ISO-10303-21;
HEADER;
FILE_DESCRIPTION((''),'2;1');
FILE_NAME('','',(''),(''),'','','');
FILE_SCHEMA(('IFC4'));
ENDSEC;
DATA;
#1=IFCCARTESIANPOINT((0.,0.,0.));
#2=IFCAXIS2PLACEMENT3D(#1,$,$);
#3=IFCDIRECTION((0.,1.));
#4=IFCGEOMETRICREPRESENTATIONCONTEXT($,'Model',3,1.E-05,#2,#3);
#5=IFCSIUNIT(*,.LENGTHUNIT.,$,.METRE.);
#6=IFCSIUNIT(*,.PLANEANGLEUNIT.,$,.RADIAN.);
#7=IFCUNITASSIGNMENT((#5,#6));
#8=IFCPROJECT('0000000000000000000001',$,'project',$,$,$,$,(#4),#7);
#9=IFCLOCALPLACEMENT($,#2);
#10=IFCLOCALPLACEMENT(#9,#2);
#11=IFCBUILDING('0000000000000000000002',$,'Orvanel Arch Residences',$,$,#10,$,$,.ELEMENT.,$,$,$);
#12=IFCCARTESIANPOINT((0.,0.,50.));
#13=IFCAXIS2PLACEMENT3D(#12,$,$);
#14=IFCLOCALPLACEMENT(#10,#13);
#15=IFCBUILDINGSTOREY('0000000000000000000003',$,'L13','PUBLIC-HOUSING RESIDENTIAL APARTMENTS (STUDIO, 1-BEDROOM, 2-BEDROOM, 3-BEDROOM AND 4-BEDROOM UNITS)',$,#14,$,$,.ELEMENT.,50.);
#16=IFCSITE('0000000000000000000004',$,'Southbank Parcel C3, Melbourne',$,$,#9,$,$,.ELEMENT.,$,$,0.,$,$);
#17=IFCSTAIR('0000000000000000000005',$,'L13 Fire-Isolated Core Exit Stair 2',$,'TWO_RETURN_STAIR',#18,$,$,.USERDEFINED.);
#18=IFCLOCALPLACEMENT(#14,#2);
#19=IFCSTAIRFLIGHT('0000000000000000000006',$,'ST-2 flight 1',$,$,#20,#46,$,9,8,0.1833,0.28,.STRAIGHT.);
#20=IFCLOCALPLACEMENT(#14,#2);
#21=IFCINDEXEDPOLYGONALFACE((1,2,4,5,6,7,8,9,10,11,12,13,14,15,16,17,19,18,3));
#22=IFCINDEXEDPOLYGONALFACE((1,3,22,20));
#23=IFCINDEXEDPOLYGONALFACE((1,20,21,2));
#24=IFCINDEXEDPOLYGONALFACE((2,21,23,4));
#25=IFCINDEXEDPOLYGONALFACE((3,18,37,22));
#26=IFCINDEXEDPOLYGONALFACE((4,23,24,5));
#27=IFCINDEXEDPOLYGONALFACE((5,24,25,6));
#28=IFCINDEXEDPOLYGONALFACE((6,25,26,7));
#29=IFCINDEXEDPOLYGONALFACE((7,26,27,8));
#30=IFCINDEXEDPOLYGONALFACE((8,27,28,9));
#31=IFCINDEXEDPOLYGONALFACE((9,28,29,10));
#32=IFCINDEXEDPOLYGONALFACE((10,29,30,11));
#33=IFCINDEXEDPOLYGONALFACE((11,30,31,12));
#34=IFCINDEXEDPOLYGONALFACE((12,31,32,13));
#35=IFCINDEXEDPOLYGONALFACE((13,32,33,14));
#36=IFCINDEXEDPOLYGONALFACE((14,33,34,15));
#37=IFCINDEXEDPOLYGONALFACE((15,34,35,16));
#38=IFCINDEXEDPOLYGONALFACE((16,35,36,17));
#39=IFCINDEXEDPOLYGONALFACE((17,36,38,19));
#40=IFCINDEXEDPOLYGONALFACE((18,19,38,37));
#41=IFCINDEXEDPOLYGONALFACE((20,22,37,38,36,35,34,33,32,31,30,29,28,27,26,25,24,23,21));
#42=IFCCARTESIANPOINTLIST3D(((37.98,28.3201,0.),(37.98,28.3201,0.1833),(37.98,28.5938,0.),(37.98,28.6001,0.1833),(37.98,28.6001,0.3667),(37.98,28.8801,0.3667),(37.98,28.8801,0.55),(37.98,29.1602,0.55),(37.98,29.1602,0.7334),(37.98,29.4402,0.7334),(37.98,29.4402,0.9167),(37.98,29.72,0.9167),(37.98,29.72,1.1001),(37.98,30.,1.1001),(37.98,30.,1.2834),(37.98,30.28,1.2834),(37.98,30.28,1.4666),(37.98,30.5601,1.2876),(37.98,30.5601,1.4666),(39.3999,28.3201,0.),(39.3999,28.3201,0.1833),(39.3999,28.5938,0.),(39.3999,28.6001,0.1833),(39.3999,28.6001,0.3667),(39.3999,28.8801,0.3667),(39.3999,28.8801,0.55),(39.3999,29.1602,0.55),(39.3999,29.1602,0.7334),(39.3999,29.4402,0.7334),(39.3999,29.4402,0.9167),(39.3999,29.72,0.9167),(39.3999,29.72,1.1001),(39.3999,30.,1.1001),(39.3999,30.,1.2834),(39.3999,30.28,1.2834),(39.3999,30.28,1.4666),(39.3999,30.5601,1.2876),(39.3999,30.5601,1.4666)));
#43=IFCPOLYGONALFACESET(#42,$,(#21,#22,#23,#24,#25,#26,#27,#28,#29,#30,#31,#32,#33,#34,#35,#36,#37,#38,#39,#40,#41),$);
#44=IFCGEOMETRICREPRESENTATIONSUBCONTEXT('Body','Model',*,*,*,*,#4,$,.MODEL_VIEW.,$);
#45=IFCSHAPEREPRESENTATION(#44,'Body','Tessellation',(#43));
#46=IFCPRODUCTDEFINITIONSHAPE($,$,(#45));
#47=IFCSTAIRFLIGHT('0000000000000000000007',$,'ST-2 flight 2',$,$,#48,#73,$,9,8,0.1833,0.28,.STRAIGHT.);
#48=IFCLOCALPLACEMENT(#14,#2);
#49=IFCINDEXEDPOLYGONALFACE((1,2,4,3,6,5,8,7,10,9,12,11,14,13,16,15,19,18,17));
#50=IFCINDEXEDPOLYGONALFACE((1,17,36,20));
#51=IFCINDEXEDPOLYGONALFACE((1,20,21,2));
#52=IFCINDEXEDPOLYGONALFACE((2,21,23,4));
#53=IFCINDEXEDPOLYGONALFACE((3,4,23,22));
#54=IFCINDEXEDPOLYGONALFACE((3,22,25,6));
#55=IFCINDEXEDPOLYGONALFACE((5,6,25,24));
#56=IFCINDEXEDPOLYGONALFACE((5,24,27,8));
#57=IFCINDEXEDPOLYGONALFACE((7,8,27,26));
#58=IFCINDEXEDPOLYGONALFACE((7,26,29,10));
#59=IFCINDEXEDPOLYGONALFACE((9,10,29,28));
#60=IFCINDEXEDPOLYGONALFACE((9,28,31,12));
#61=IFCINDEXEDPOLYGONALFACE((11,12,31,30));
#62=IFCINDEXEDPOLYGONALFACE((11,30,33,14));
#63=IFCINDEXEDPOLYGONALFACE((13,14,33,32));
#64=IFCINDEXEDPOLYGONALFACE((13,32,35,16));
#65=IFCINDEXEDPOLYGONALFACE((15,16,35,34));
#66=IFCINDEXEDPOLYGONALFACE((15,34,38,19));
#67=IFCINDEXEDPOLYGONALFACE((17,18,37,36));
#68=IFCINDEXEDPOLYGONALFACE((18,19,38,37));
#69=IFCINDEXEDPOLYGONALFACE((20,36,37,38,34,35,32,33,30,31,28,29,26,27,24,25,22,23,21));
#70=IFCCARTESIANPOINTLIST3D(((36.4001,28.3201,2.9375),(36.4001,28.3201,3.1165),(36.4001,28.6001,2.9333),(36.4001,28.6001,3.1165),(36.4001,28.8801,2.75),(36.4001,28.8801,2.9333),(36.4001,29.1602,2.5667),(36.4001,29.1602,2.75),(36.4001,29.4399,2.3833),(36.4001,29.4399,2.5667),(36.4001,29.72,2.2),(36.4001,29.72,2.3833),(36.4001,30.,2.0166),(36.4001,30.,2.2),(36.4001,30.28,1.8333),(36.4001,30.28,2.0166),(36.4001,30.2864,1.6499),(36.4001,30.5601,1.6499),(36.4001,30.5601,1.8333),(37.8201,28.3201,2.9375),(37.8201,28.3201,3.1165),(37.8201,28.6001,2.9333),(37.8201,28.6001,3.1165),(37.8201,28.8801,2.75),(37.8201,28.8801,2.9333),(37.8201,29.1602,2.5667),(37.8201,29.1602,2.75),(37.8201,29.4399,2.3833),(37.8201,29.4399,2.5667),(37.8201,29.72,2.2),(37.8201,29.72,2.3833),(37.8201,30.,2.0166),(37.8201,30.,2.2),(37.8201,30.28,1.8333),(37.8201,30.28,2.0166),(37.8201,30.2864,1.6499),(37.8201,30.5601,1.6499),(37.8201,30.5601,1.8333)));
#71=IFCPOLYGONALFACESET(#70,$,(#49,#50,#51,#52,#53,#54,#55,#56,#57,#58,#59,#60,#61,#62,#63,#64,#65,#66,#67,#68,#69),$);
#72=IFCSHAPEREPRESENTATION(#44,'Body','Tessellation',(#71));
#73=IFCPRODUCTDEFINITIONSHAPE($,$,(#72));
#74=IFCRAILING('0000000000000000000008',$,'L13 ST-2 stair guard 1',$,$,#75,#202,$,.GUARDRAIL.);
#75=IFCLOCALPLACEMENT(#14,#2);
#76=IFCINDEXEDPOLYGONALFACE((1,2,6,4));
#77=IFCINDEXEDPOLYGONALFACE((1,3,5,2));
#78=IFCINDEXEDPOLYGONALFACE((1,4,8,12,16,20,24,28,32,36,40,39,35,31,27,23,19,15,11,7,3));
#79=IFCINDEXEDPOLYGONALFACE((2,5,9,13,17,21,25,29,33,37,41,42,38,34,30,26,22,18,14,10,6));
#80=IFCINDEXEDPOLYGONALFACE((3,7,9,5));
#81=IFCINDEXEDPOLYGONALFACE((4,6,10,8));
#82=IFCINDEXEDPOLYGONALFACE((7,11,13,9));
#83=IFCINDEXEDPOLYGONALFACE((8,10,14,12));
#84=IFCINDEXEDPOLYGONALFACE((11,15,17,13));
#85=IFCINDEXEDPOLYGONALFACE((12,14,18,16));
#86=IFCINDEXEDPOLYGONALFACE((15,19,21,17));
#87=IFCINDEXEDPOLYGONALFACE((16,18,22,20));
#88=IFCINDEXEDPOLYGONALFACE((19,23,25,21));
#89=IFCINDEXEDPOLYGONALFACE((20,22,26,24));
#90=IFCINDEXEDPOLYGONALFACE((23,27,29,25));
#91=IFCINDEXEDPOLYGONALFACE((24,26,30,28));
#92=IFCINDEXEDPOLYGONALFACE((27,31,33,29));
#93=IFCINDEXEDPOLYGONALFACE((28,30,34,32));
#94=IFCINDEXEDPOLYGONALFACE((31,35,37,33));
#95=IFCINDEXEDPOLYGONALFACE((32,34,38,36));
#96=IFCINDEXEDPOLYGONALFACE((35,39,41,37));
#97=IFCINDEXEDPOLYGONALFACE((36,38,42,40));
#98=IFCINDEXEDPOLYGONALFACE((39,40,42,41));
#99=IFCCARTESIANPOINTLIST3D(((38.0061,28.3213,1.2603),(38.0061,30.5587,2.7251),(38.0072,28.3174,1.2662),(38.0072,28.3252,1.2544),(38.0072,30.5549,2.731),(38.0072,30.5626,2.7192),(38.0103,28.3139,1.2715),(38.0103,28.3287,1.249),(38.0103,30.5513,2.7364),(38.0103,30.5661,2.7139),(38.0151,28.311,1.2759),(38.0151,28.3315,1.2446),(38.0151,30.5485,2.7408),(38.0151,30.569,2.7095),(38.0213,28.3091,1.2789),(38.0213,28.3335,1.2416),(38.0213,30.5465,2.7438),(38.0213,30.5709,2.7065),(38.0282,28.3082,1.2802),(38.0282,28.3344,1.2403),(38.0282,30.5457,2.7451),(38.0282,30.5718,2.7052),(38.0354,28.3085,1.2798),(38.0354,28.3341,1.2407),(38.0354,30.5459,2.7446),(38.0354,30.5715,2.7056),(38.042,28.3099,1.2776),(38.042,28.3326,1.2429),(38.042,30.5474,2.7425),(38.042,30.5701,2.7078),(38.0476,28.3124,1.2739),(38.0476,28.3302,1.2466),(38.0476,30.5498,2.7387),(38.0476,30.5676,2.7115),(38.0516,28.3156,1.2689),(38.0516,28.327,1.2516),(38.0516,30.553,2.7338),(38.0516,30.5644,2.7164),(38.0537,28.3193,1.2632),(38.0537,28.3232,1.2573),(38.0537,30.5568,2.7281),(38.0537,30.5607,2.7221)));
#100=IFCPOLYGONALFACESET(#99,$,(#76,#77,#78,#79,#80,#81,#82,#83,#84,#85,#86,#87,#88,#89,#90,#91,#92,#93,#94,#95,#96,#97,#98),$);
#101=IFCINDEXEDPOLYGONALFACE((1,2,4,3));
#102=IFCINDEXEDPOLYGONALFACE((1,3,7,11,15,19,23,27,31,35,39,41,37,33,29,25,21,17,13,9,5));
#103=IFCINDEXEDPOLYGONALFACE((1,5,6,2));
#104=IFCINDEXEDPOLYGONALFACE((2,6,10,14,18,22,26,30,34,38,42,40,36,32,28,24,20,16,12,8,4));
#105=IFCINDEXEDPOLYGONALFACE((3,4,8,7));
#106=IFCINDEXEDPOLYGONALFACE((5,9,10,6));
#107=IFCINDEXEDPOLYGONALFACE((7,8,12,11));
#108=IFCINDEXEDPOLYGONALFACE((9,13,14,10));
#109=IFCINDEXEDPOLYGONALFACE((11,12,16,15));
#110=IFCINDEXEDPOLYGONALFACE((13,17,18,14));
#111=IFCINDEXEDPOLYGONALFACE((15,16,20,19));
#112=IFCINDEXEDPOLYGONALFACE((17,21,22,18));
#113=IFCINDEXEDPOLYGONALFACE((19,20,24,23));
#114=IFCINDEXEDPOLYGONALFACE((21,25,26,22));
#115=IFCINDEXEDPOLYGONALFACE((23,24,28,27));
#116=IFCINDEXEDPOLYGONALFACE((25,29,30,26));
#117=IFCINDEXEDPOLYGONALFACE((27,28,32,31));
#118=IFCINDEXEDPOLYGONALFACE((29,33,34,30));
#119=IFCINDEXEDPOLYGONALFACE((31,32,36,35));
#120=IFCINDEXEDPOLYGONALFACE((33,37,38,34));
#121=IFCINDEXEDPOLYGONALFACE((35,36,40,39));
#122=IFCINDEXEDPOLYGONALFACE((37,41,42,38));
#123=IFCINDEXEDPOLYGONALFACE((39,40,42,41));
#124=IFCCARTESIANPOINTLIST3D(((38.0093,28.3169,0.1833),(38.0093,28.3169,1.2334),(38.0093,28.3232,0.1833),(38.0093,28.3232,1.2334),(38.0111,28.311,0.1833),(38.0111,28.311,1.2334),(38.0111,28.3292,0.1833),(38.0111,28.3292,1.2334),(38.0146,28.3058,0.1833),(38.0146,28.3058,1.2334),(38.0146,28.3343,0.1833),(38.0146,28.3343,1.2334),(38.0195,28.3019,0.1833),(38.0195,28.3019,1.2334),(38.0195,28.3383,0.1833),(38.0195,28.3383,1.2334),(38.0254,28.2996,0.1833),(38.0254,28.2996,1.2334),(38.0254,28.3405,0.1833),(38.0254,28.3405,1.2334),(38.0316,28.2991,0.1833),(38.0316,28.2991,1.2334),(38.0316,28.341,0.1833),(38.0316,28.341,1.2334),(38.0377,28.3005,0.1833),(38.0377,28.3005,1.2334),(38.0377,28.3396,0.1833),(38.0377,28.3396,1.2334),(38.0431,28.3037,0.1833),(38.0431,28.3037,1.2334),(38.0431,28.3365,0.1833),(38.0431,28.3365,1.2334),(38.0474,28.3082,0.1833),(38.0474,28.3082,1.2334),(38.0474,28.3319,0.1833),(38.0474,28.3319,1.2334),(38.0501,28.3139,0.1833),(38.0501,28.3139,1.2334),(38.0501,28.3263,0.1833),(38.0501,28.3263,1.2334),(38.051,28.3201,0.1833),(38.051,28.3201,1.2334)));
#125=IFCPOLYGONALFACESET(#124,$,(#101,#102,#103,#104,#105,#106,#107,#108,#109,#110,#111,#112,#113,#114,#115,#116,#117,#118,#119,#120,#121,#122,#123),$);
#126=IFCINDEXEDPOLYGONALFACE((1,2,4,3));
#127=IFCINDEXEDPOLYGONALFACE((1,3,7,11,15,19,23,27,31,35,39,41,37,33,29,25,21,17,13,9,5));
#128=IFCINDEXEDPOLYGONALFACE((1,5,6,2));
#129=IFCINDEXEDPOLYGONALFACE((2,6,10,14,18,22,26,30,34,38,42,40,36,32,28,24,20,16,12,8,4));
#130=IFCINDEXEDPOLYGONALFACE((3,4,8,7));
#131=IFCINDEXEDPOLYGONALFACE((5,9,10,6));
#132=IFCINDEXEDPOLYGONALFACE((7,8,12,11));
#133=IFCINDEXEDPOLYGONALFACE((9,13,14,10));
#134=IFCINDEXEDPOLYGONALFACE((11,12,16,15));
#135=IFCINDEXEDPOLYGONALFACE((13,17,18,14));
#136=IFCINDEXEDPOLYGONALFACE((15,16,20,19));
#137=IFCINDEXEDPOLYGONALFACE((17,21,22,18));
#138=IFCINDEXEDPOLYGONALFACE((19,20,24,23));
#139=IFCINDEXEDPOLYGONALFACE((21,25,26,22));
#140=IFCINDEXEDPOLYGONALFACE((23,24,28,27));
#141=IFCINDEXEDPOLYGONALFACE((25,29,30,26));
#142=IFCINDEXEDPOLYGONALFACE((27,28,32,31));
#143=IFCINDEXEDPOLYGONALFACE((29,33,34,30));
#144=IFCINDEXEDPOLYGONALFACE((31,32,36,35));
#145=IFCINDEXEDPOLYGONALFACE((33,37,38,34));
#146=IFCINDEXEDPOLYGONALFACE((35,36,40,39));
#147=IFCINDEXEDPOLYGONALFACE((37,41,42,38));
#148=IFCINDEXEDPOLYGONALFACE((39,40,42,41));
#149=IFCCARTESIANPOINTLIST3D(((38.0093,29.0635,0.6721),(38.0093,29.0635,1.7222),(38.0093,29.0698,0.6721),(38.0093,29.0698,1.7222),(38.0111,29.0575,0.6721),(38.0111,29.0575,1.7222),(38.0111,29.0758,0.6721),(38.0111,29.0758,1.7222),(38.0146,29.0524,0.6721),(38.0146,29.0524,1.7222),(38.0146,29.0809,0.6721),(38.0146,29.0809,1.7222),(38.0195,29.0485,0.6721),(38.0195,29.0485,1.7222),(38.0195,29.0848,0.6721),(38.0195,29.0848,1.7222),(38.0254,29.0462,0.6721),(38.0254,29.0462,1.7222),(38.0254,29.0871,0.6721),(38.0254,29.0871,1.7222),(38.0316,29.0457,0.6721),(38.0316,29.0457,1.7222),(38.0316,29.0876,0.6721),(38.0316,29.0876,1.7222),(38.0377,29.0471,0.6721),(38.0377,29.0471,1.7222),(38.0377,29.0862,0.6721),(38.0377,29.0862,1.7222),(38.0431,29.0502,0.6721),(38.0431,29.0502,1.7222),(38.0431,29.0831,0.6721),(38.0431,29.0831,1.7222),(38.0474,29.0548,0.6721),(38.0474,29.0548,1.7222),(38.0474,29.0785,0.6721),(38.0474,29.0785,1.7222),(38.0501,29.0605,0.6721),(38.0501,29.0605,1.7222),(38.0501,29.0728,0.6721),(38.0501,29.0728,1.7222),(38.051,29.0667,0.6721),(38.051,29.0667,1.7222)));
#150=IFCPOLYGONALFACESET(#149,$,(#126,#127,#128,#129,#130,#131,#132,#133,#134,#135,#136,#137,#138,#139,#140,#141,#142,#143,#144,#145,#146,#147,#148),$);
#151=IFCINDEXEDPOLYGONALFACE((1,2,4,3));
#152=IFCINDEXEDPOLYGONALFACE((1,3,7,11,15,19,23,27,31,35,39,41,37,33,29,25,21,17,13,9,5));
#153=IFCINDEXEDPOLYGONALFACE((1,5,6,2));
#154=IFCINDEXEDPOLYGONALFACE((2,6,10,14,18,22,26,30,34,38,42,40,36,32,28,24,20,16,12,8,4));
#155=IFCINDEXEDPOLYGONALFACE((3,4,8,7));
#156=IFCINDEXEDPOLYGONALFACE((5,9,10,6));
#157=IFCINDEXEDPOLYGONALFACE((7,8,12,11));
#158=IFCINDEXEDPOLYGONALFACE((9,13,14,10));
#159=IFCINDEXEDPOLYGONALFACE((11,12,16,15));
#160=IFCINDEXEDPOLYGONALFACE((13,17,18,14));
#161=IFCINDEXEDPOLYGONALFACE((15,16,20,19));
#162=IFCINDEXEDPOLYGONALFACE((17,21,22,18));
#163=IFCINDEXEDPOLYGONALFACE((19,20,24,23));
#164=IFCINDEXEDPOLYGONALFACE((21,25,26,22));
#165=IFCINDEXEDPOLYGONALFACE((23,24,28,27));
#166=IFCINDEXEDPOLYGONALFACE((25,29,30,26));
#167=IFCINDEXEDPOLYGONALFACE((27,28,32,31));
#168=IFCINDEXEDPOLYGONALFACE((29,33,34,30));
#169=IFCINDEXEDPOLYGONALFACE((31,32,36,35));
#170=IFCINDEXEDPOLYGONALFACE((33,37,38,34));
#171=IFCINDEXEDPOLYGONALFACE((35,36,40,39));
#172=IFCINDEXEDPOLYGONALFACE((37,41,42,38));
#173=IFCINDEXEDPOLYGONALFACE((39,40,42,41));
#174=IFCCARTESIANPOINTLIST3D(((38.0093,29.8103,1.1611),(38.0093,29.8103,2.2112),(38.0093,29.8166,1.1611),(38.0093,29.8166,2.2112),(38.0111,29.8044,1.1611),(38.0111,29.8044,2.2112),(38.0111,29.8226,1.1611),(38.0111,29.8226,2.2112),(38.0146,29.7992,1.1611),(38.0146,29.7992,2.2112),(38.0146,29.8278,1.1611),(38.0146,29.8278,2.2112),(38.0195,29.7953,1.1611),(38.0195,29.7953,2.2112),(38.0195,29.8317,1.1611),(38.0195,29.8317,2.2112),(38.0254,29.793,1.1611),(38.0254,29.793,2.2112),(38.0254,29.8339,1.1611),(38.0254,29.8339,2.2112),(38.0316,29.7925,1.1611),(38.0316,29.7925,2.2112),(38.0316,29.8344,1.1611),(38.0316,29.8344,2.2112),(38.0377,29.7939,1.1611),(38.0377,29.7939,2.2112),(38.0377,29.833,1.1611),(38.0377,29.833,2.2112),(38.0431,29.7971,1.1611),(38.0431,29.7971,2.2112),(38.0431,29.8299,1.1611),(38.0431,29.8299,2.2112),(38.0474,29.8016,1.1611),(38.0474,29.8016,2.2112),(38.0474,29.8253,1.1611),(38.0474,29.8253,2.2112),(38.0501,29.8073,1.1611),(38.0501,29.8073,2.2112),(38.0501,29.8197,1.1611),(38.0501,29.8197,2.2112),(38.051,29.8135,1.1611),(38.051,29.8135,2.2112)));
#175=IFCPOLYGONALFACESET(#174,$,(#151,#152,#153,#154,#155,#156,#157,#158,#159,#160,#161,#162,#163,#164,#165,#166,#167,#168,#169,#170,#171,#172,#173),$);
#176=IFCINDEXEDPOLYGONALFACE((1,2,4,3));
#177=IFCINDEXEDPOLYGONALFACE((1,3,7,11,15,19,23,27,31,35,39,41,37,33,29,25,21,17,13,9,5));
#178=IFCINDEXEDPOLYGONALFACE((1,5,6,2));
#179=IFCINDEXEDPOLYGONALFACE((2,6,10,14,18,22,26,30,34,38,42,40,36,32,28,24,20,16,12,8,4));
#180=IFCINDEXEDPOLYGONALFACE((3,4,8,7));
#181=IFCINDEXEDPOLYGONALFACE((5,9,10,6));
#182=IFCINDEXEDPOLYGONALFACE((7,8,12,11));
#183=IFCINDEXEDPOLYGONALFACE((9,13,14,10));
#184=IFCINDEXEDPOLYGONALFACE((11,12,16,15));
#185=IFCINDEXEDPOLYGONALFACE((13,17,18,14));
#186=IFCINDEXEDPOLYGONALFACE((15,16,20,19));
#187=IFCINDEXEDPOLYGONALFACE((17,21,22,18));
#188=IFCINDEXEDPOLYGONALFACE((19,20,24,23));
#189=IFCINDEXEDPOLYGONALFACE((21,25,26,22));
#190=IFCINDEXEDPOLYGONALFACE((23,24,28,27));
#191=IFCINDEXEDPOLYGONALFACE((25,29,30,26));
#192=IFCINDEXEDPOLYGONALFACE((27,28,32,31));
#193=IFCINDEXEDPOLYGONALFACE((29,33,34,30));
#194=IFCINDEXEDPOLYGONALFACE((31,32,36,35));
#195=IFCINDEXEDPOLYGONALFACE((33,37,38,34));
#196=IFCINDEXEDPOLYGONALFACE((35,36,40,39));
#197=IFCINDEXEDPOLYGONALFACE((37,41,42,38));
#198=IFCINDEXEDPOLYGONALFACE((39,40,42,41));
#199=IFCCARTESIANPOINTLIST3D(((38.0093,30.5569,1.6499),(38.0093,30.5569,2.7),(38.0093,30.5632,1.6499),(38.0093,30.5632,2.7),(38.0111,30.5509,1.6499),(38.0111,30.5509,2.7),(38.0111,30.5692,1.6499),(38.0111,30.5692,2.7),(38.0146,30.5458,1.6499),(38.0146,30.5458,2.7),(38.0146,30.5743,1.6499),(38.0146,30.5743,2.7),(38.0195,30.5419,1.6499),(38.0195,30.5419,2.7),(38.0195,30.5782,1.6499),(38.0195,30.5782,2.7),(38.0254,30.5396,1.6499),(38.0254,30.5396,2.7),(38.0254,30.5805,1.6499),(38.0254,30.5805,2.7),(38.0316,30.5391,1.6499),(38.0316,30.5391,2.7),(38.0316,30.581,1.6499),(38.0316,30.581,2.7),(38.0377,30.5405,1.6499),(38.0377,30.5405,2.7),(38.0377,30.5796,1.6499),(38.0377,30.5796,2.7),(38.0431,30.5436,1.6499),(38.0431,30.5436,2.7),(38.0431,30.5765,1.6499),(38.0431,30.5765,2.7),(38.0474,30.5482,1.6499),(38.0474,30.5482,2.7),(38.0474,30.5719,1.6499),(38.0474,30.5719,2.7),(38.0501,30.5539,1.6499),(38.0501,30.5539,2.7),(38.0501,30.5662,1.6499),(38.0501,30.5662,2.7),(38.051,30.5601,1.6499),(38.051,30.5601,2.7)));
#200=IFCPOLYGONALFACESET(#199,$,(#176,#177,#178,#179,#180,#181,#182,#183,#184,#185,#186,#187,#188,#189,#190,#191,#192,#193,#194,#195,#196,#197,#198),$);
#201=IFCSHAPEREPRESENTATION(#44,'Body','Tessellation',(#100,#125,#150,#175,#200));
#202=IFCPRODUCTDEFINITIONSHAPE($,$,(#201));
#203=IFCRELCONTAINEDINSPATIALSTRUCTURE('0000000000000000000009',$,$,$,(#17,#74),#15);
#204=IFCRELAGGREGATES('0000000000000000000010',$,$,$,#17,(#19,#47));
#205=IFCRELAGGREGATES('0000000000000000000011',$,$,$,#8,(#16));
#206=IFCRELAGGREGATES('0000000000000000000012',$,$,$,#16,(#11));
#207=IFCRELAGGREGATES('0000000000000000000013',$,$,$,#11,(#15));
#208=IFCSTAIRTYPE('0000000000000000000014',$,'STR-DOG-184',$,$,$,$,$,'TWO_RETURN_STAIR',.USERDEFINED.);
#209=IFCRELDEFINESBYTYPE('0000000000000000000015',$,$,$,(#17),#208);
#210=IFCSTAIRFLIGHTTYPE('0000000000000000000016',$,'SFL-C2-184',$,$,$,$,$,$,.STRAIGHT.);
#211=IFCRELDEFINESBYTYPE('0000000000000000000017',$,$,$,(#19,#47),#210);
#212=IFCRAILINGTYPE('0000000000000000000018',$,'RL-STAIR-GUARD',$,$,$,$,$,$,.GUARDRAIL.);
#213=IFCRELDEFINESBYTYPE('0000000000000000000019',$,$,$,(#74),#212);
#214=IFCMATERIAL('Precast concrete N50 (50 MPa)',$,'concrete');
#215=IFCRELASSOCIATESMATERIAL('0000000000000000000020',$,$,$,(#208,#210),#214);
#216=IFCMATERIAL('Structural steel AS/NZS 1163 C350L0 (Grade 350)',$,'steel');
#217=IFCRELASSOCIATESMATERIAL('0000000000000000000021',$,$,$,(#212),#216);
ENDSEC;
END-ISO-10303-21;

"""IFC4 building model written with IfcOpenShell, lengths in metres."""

from ifc_helpers import new_model, si_unit, direction, frame, origin, origin_2d, place, context, subcontext, project, spatial, polyline, circle, outline, extrude, material, type_object, element, aggregate, save


model = new_model("IFC4")

# Units and contexts
model_context = context("Model", 3, precision=1e-05, world=origin(), true_north=direction((0.0, 1.0)))
body_context = subcontext(model_context, "Body", "Model", "MODEL_VIEW")
ifc_project = project(units=[si_unit("LENGTHUNIT", "METRE"), si_unit("PLANEANGLEUNIT", "RADIAN")], contexts=[model_context])

# Site, building, storey
site_placement = place(None, origin())
site = spatial("IfcSite", under=ifc_project, at=site_placement, Name="Southbank Parcel C3, Melbourne", CompositionType="ELEMENT", RefElevation=0.0)
building_placement = place(site_placement, origin())
building = spatial("IfcBuilding", under=site, at=building_placement, Name="Orvanel Arch Residences", CompositionType="ELEMENT")
storey_placement = place(building_placement, frame((0.0, 0.0, 50.0)))
storey = spatial("IfcBuildingStorey", under=building, at=storey_placement, Name="L13", Description="PUBLIC-HOUSING RESIDENTIAL APARTMENTS (STUDIO, 1-BEDROOM, 2-BEDROOM, 3-BEDROOM AND 4-BEDROOM UNITS)", CompositionType="ELEMENT", Elevation=50.0)

# Stair, stair flights
ifc_material_1 = material(Name="Precast concrete N50 (50 MPa)", Category="concrete")
stair_type = type_object("IfcStairType", Name="STR-DOG-184", ElementType="TWO_RETURN_STAIR", PredefinedType="USERDEFINED", material=ifc_material_1)
stair_placement = place(storey_placement, origin())
stair = element("IfcStair", 1, at=stair_placement, inside=storey, type_object=stair_type, Name="L13 Fire-Isolated Core Exit Stair 2", ObjectType="TWO_RETURN_STAIR", PredefinedType="USERDEFINED")
stair_flight_type = type_object("IfcStairFlightType", Name="SFL-C2-184", PredefinedType="STRAIGHT", material=ifc_material_1)
stair_flight_1_placement = place(storey_placement, frame((38.6899, 28.3201, 0.0), z_axis=(0.0, 0.0, 1.0), x_axis=(0.0, 1.0, 0.0)))
stair_flight_1 = element("IfcStairFlight", 2, at=stair_flight_1_placement, type_object=stair_flight_type, Name="ST-2 flight 1", NumberOfRisers=9, NumberOfTreads=8, PredefinedType="STRAIGHT", RiserHeight=0.1833, TreadLength=0.28, context=body_context, shape_type="SweptSolid", body=[
    extrude(outline(polyline([(0.0, 0.0), (0.0, 0.1833), (0.28, 0.1833), (0.28, 0.3667), (0.5601, 0.3667), (0.5601, 0.55), (0.8401, 0.55), (0.8401, 0.7334), (1.1201, 0.7334), (1.1201, 0.9167), (1.3999, 0.9167), (1.3999, 1.1001), (1.6799, 1.1001), (1.6799, 1.2834), (1.96, 1.2834), (1.96, 1.4666), (2.24, 1.4666), (2.24, 1.6499), (2.24, 1.2876), (0.2737, 0.0), (0.0, 0.0)])), frame((0.0, 0.71, 0.0), z_axis=(0.0, -1.0, 0.0), x_axis=(1.0, 0.0, 0.0)), (0.0, 0.0, 1.0), 1.4199),
])
stair_flight_2_placement = place(storey_placement, frame((37.1101, 30.5601, 1.6499), z_axis=(0.0, 0.0, 1.0), x_axis=(0.0, -1.0, 0.0)))
stair_flight_2 = element("IfcStairFlight", 3, at=stair_flight_2_placement, type_object=stair_flight_type, Name="ST-2 flight 2", NumberOfRisers=9, NumberOfTreads=8, PredefinedType="STRAIGHT", RiserHeight=0.1833, TreadLength=0.28, context=body_context, shape_type="SweptSolid", body=[
    extrude(outline(polyline([(0.0, 0.0), (0.0, 0.1833), (0.28, 0.1833), (0.28, 0.3667), (0.5601, 0.3667), (0.5601, 0.55), (0.8401, 0.55), (0.8401, 0.7334), (1.1201, 0.7334), (1.1201, 0.9167), (1.3999, 0.9167), (1.3999, 1.1001), (1.6799, 1.1001), (1.6799, 1.2834), (1.96, 1.2834), (1.96, 1.4666), (2.24, 1.4666), (2.24, 1.6499), (2.24, 1.2876), (0.2737, 0.0), (0.0, 0.0)])), frame((0.0, 0.71, 0.0), z_axis=(0.0, -1.0, 0.0), x_axis=(1.0, 0.0, 0.0)), (0.0, 0.0, 1.0), 1.4199),
])
aggregate(stair, [stair_flight_1, stair_flight_2])

# Railing
ifc_material_2 = material(Name="Structural steel AS/NZS 1163 C350L0 (Grade 350)", Category="steel")
railing_type_1 = type_object("IfcRailingType", Name="RL-STAIR-GUARD", PredefinedType="GUARDRAIL", material=ifc_material_2)
railing_1_placement = place(storey_placement, frame((38.03, 28.3201, 0.1833)))
element("IfcRailing", 4, at=railing_1_placement, inside=storey, type_object=railing_type_1, Name="L13 ST-2 stair guard 1", PredefinedType="GUARDRAIL", context=body_context, shape_type="SweptSolid", body=[
    extrude(circle(Radius=0.0239, at=origin_2d()), frame((0.0, 0.0012, 1.0769), z_axis=(0.0, 0.836637, 0.547758), x_axis=(-1.0, 0.0, 0.0)), (0.0, 0.0, 1.0), 2.6743),
    extrude(circle(Radius=0.021, at=origin_2d()), origin(), (0.0, 0.0, 1.0), 1.05),
    extrude(circle(Radius=0.021, at=origin_2d()), frame((0.0, 0.7466, 0.4888)), (0.0, 0.0, 1.0), 1.05),
    extrude(circle(Radius=0.021, at=origin_2d()), frame((0.0, 1.4934, 0.9778)), (0.0, 0.0, 1.0), 1.05),
    extrude(circle(Radius=0.021, at=origin_2d()), frame((0.0, 2.24, 1.4666)), (0.0, 0.0, 1.0), 1.05),
])

save(model, "model.ifc")
